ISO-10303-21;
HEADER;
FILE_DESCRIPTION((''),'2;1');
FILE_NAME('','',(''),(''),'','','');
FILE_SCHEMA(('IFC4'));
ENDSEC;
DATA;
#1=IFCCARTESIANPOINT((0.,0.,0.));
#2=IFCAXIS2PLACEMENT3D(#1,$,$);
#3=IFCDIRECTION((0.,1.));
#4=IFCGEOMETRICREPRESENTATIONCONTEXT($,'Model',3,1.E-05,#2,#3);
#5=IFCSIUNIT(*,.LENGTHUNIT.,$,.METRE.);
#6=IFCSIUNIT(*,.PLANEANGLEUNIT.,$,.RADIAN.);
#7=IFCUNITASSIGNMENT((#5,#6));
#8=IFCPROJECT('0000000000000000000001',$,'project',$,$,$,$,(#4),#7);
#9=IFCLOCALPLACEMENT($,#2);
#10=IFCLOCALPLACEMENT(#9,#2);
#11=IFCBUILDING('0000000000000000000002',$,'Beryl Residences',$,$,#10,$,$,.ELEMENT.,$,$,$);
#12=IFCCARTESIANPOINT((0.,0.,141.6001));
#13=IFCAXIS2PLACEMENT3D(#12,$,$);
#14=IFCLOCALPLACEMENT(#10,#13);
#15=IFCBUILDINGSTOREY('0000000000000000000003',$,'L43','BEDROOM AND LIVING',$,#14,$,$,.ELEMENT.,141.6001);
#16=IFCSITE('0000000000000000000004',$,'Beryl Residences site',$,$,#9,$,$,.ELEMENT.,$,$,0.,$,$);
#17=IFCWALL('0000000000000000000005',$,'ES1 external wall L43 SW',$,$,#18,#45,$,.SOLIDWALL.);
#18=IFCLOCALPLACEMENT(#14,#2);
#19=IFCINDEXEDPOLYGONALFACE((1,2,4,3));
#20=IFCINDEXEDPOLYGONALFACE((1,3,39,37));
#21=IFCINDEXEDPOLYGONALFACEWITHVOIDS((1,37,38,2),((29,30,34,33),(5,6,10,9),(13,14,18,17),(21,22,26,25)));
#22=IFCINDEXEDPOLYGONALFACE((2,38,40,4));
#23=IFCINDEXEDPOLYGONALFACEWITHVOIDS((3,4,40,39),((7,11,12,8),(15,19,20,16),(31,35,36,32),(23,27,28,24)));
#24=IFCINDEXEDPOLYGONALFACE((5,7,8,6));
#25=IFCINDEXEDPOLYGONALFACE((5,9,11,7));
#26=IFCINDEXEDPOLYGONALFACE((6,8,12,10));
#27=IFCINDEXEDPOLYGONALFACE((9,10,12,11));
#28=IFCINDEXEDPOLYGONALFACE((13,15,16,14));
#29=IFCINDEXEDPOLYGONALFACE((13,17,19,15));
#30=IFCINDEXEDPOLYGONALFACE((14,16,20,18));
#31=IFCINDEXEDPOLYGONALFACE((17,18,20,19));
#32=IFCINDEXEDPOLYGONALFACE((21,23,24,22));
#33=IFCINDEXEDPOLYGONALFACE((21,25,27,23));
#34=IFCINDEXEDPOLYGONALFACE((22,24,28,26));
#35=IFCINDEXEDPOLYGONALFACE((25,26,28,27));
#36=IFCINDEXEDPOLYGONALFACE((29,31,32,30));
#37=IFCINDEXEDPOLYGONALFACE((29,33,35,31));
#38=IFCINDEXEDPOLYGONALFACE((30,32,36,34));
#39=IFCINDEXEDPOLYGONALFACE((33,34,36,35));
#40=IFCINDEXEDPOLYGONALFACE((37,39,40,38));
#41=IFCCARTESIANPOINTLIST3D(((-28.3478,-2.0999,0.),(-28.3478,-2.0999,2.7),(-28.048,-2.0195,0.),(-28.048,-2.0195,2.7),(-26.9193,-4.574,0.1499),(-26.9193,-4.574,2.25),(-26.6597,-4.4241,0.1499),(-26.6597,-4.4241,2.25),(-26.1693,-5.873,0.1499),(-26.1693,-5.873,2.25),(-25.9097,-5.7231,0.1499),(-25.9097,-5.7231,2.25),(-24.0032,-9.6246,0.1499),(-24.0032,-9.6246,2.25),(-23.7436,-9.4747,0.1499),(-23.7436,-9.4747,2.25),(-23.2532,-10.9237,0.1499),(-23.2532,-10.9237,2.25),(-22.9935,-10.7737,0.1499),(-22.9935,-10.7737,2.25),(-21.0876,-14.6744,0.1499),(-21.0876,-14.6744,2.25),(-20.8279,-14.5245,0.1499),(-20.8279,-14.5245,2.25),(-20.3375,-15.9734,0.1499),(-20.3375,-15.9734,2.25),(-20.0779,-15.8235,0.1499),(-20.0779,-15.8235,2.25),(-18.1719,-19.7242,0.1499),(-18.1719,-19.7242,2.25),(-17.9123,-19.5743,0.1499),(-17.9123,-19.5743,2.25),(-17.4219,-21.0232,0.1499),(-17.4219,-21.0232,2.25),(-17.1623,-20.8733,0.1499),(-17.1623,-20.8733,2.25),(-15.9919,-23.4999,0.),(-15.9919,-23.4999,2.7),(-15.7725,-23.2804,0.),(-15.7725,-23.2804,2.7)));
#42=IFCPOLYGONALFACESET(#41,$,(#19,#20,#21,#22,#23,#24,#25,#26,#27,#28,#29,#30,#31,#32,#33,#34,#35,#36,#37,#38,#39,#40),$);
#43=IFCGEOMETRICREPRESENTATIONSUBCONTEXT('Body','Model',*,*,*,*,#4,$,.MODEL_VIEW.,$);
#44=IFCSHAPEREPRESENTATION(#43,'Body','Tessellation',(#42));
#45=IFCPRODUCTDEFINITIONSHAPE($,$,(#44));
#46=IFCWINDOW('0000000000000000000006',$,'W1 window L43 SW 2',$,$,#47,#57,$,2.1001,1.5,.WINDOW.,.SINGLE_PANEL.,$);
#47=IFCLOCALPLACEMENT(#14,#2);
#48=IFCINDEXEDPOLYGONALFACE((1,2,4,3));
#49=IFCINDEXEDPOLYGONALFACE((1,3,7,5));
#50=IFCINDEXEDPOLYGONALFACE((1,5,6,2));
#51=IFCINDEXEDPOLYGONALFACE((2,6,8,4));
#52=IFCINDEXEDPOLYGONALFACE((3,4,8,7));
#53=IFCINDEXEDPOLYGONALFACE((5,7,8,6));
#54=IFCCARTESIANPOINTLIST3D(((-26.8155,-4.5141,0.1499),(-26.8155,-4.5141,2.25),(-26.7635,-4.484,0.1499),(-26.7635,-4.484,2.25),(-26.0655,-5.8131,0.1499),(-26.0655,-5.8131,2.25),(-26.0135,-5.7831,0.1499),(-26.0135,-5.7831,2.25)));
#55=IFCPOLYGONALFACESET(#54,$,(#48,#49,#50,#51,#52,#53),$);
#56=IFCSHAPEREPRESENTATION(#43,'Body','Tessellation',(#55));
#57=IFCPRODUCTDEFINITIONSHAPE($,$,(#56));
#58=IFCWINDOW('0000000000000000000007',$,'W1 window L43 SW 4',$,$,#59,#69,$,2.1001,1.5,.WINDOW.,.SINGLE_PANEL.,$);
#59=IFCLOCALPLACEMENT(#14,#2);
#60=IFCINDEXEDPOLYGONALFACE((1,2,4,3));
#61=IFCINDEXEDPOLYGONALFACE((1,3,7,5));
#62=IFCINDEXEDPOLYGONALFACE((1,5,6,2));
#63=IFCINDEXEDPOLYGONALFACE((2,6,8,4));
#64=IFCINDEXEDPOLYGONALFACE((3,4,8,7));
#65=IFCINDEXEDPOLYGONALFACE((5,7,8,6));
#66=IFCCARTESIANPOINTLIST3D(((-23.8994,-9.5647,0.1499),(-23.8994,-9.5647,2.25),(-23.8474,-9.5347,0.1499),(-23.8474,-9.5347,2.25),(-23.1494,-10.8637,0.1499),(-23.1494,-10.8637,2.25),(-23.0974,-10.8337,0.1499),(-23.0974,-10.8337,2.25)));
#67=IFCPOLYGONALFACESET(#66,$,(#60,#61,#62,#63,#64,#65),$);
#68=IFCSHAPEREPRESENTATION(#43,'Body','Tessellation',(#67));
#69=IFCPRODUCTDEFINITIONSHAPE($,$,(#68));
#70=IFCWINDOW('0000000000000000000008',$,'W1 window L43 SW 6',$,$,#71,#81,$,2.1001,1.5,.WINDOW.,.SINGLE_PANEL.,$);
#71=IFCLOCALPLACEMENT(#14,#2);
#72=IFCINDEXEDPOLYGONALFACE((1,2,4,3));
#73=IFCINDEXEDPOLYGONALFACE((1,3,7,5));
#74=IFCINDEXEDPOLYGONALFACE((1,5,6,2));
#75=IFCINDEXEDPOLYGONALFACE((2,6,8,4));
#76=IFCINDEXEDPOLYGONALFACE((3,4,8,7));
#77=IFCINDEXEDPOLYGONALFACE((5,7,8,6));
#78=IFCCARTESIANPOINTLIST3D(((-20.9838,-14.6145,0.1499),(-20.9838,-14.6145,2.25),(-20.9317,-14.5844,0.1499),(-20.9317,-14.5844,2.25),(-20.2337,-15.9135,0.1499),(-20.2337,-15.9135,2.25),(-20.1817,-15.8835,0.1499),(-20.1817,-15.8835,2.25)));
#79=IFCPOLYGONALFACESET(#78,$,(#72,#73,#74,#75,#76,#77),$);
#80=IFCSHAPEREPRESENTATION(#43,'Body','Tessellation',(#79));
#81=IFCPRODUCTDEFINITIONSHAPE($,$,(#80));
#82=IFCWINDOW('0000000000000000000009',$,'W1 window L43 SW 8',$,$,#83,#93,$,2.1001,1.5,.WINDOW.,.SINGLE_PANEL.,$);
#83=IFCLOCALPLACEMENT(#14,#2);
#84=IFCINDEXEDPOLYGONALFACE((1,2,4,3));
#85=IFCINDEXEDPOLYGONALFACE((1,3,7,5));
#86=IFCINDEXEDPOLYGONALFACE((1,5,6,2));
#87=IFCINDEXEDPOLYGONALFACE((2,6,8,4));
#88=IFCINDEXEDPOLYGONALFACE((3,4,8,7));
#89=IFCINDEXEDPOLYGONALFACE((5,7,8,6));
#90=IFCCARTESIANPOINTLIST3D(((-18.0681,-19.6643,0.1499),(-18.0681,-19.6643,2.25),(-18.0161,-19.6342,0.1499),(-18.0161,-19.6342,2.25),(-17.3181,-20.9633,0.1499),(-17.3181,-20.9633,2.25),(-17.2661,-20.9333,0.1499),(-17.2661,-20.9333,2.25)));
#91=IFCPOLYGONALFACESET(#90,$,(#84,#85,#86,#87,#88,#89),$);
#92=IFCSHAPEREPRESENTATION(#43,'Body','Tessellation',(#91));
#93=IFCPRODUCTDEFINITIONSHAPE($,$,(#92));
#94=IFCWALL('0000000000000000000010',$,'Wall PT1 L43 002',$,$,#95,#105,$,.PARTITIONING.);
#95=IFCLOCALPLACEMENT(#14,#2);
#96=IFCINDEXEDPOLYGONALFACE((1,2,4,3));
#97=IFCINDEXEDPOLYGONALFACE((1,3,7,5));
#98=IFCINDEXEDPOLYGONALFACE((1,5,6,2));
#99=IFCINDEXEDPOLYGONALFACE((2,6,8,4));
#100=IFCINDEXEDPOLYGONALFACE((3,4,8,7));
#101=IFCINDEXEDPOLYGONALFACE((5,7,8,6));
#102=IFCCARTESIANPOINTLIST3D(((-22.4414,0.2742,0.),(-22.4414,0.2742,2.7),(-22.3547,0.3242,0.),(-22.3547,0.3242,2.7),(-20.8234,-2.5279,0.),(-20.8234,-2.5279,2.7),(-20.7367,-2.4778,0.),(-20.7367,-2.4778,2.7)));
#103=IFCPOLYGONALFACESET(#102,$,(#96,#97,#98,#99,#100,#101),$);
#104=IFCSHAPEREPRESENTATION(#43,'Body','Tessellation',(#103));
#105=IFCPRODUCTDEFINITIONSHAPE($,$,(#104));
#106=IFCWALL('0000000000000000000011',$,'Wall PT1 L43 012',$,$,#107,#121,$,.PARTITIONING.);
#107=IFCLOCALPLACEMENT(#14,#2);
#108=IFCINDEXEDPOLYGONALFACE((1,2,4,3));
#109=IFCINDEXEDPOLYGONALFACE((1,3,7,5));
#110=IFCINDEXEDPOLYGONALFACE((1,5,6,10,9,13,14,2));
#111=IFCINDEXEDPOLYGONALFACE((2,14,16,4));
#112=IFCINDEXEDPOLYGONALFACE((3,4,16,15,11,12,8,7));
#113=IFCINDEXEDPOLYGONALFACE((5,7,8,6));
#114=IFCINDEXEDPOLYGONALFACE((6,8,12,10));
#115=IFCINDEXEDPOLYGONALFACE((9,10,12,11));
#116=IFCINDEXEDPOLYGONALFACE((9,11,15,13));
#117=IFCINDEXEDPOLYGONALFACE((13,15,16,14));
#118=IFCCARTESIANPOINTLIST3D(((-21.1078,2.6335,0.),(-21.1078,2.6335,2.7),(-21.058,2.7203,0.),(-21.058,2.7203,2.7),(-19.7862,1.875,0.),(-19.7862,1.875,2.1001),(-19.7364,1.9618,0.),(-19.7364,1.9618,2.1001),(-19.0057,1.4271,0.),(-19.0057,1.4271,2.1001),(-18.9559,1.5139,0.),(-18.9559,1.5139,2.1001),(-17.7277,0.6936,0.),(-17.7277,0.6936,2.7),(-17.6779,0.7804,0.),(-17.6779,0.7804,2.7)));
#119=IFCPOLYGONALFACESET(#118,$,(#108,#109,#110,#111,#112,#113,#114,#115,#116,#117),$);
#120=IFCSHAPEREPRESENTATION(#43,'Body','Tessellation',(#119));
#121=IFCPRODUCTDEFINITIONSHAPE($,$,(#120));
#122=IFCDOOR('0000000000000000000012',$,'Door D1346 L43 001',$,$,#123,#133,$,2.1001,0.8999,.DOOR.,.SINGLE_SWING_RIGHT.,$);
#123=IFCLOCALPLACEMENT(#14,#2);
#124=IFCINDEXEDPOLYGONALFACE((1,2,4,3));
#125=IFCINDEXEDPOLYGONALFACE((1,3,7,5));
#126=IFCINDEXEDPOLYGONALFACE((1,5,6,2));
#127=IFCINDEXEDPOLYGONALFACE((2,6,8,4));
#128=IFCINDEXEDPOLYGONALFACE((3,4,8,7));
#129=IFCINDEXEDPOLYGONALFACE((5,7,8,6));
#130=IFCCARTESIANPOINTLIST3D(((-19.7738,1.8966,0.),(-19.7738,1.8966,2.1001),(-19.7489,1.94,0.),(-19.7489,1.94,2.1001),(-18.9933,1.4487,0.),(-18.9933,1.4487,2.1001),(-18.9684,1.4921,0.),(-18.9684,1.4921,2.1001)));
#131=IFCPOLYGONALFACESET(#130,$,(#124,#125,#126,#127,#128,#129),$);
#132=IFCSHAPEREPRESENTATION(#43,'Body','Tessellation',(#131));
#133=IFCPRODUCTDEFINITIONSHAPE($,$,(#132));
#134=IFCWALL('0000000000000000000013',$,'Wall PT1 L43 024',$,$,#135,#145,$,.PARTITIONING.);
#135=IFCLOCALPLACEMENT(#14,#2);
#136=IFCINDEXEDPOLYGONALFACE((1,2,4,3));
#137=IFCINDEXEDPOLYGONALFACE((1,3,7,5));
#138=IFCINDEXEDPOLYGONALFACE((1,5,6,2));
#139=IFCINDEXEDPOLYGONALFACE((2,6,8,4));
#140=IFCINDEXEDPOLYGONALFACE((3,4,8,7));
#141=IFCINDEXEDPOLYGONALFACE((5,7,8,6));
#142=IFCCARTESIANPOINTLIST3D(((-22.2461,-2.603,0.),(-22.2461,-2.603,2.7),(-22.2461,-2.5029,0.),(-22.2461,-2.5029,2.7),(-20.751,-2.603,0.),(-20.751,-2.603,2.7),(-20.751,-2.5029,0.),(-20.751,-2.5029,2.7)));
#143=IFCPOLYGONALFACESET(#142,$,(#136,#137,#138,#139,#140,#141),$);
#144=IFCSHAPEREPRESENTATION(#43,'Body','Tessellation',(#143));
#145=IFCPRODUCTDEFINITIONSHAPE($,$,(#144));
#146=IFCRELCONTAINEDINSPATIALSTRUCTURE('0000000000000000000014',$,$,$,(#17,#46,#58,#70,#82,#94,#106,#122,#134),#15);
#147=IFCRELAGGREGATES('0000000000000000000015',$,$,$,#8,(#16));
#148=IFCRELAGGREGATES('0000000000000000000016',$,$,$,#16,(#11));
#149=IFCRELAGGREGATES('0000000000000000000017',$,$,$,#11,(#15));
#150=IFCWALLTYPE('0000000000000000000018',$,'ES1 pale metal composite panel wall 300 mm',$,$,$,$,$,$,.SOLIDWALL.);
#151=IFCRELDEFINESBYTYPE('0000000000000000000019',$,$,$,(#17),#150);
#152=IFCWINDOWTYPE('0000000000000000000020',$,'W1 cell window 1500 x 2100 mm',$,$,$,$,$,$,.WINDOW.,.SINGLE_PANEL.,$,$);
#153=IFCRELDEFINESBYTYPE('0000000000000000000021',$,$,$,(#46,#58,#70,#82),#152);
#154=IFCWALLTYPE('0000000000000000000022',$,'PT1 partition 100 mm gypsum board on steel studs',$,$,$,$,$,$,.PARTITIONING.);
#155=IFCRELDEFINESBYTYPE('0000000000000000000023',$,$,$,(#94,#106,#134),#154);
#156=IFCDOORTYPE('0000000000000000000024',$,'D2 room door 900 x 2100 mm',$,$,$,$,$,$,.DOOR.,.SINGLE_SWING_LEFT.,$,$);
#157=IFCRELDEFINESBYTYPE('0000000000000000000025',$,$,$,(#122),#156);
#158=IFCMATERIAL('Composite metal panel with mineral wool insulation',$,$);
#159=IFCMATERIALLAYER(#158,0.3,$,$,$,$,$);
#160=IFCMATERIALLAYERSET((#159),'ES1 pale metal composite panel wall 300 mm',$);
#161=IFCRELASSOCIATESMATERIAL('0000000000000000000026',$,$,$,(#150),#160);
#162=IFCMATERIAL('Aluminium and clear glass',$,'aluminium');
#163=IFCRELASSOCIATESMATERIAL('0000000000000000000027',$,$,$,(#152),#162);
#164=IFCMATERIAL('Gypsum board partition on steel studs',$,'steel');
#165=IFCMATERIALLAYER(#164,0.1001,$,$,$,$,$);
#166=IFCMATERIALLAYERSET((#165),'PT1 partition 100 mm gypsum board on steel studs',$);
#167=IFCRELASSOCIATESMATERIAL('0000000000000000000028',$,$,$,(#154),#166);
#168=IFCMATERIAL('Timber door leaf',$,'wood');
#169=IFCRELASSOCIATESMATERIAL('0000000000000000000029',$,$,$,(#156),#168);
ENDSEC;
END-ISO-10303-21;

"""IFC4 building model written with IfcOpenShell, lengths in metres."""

from ifc_helpers import new_model, si_unit, direction, frame, frame_2d, origin, place, context, subcontext, project, spatial, polyline, rectangle, outline, extrude, material, layer, layer_set, type_object, element, fill, save


model = new_model("IFC4")

# Units and contexts
model_context = context("Model", 3, precision=1e-05, world=origin(), true_north=direction((0.0, 1.0)))
body_context = subcontext(model_context, "Body", "Model", "MODEL_VIEW")
ifc_project = project(units=[si_unit("LENGTHUNIT", "METRE"), si_unit("PLANEANGLEUNIT", "RADIAN")], contexts=[model_context])

# Site, building, storey
site_placement = place(None, origin())
site = spatial("IfcSite", under=ifc_project, at=site_placement, Name="Beryl Residences site", CompositionType="ELEMENT", RefElevation=0.0)
building_placement = place(site_placement, origin())
building = spatial("IfcBuilding", under=site, at=building_placement, Name="Beryl Residences", CompositionType="ELEMENT")
storey_placement = place(building_placement, frame((0.0, 0.0, 141.6001)))
storey = spatial("IfcBuildingStorey", under=building, at=storey_placement, Name="L43", Description="BEDROOM AND LIVING", CompositionType="ELEMENT", Elevation=141.6001)

# Shared definitions
ifc_material_1 = material(Name="Composite metal panel with mineral wool insulation")
ifc_layer_1 = layer(ifc_material_1, 0.3)
ifc_layer_set_1 = layer_set([ifc_layer_1], Name="ES1 pale metal composite panel wall 300 mm")
wall_type_1 = type_object("IfcWallType", Name="ES1 pale metal composite panel wall 300 mm", PredefinedType="SOLIDWALL", material=ifc_layer_set_1)

# Wall, openings, windows
wall_1_placement = place(storey_placement, frame((-28.218, -2.0249, 0.0), z_axis=(0.0, 0.0, 1.0), x_axis=(0.500018, -0.866015, 0.0)))
wall_1 = element("IfcWall", 1, at=wall_1_placement, inside=storey, type_object=wall_type_1, Name="ES1 external wall L43 SW", PredefinedType="SOLIDWALL", context=body_context, shape_type="SweptSolid", body=[
    extrude(outline(polyline([(0.0, -0.1499), (24.7109, -0.1499), (24.6306, 0.1499), (0.0803, 0.1499), (0.0, -0.1499)])), origin(), (0.0, 0.0, 1.0), 2.7),
])
opening_1_placement = place(wall_1_placement, frame((2.8569, 0.0, 0.1499)))
opening_1 = element("IfcOpeningElement", 2, at=opening_1_placement, cuts=wall_1, PredefinedType="OPENING", context=body_context, shape_type="SweptSolid", body=[
    extrude(rectangle(XDim=1.5, YDim=2.1001, at=frame_2d((0.75, 1.05))), frame((0.0, 0.1599, 0.0), z_axis=(0.0, -1.0, 0.0), x_axis=(1.0, 0.0, 0.0)), (0.0, 0.0, 1.0), 0.3201),
])
opening_2_placement = place(wall_1_placement, frame((8.689, 0.0, 0.1499)))
opening_2 = element("IfcOpeningElement", 3, at=opening_2_placement, cuts=wall_1, PredefinedType="OPENING", context=body_context, shape_type="SweptSolid", body=[
    extrude(rectangle(XDim=1.5, YDim=2.1001, at=frame_2d((0.75, 1.05))), frame((0.0, 0.1599, 0.0), z_axis=(0.0, -1.0, 0.0), x_axis=(1.0, 0.0, 0.0)), (0.0, 0.0, 1.0), 0.3201),
])
opening_3_placement = place(wall_1_placement, frame((14.52, 0.0, 0.1499)))
opening_3 = element("IfcOpeningElement", 4, at=opening_3_placement, cuts=wall_1, PredefinedType="OPENING", context=body_context, shape_type="SweptSolid", body=[
    extrude(rectangle(XDim=1.5, YDim=2.1001, at=frame_2d((0.75, 1.05))), frame((0.0, 0.1599, 0.0), z_axis=(0.0, -1.0, 0.0), x_axis=(1.0, 0.0, 0.0)), (0.0, 0.0, 1.0), 0.3201),
])
opening_4_placement = place(wall_1_placement, frame((20.3511, 0.0, 0.1499)))
opening_4 = element("IfcOpeningElement", 5, at=opening_4_placement, cuts=wall_1, PredefinedType="OPENING", context=body_context, shape_type="SweptSolid", body=[
    extrude(rectangle(XDim=1.5, YDim=2.1001, at=frame_2d((0.75, 1.05))), frame((0.0, 0.1599, 0.0), z_axis=(0.0, -1.0, 0.0), x_axis=(1.0, 0.0, 0.0)), (0.0, 0.0, 1.0), 0.3201),
])
ifc_material_2 = material(Name="Aluminium and clear glass", Category="aluminium")
window_type_1 = type_object("IfcWindowType", Name="W1 cell window 1500 x 2100 mm", PartitioningType="SINGLE_PANEL", PredefinedType="WINDOW", material=ifc_material_2)
window_1_placement = place(opening_1_placement, origin())
window_1 = element("IfcWindow", 6, at=window_1_placement, inside=storey, type_object=window_type_1, Name="W1 window L43 SW 2", OverallHeight=2.1001, OverallWidth=1.5, PartitioningType="SINGLE_PANEL", PredefinedType="WINDOW", context=body_context, shape_type="SweptSolid", body=[
    extrude(rectangle(XDim=1.5, YDim=2.1001, at=frame_2d((0.75, 1.05))), frame((0.0, 0.03, 0.0), z_axis=(0.0, -1.0, 0.0), x_axis=(1.0, 0.0, 0.0)), (0.0, 0.0, 1.0), 0.0601),
])
fill(opening_1, window_1)
window_2_placement = place(opening_2_placement, origin())
window_2 = element("IfcWindow", 7, at=window_2_placement, inside=storey, type_object=window_type_1, Name="W1 window L43 SW 4", OverallHeight=2.1001, OverallWidth=1.5, PartitioningType="SINGLE_PANEL", PredefinedType="WINDOW", context=body_context, shape_type="SweptSolid", body=[
    extrude(rectangle(XDim=1.5, YDim=2.1001, at=frame_2d((0.75, 1.05))), frame((0.0, 0.03, 0.0), z_axis=(0.0, -1.0, 0.0), x_axis=(1.0, 0.0, 0.0)), (0.0, 0.0, 1.0), 0.0601),
])
fill(opening_2, window_2)
window_3_placement = place(opening_3_placement, origin())
window_3 = element("IfcWindow", 8, at=window_3_placement, inside=storey, type_object=window_type_1, Name="W1 window L43 SW 6", OverallHeight=2.1001, OverallWidth=1.5, PartitioningType="SINGLE_PANEL", PredefinedType="WINDOW", context=body_context, shape_type="SweptSolid", body=[
    extrude(rectangle(XDim=1.5, YDim=2.1001, at=frame_2d((0.75, 1.05))), frame((0.0, 0.03, 0.0), z_axis=(0.0, -1.0, 0.0), x_axis=(1.0, 0.0, 0.0)), (0.0, 0.0, 1.0), 0.0601),
])
fill(opening_3, window_3)
window_4_placement = place(opening_4_placement, origin())
window_4 = element("IfcWindow", 9, at=window_4_placement, inside=storey, type_object=window_type_1, Name="W1 window L43 SW 8", OverallHeight=2.1001, OverallWidth=1.5, PartitioningType="SINGLE_PANEL", PredefinedType="WINDOW", context=body_context, shape_type="SweptSolid", body=[
    extrude(rectangle(XDim=1.5, YDim=2.1001, at=frame_2d((0.75, 1.05))), frame((0.0, 0.03, 0.0), z_axis=(0.0, -1.0, 0.0), x_axis=(1.0, 0.0, 0.0)), (0.0, 0.0, 1.0), 0.0601),
])
fill(opening_4, window_4)

# Wall
ifc_material_3 = material(Name="Gypsum board partition on steel studs", Category="steel")
ifc_layer_2 = layer(ifc_material_3, 0.1001)
ifc_layer_set_2 = layer_set([ifc_layer_2], Name="PT1 partition 100 mm gypsum board on steel studs")
wall_type_2 = type_object("IfcWallType", Name="PT1 partition 100 mm gypsum board on steel studs", PredefinedType="PARTITIONING", material=ifc_layer_set_2)
wall_2_placement = place(storey_placement, frame((-22.3979, 0.2991, 0.0), z_axis=(0.0, 0.0, 1.0), x_axis=(0.500042, -0.866001, 0.0)))
element("IfcWall", 10, at=wall_2_placement, inside=storey, type_object=wall_type_2, Name="Wall PT1 L43 002", PredefinedType="PARTITIONING", context=body_context, shape_type="SweptSolid", body=[
    extrude(rectangle(XDim=3.2356, YDim=0.1001, at=frame_2d((1.6177, 0.0))), origin(), (0.0, 0.0, 1.0), 2.7),
])

# Wall, opening, door
wall_3_placement = place(storey_placement, frame((-21.083, 2.677, 0.0), z_axis=(0.0, 0.0, 1.0), x_axis=(0.867309, -0.497771, 0.0)))
wall_3 = element("IfcWall", 11, at=wall_3_placement, inside=storey, type_object=wall_type_2, Name="Wall PT1 L43 012", PredefinedType="PARTITIONING", context=body_context, shape_type="SweptSolid", body=[
    extrude(rectangle(XDim=3.8972, YDim=0.1001, at=frame_2d((1.9487, 0.0))), origin(), (0.0, 0.0, 1.0), 2.7),
])
opening_5_placement = place(wall_3_placement, frame((1.5239, 0.0, 0.0)))
opening_5 = element("IfcOpeningElement", 12, at=opening_5_placement, cuts=wall_3, PredefinedType="OPENING", context=body_context, shape_type="SweptSolid", body=[
    extrude(rectangle(XDim=0.8999, YDim=2.1001, at=frame_2d((0.45, 1.05))), frame((0.0, 0.0601, 0.0), z_axis=(0.0, -1.0, 0.0), x_axis=(1.0, 0.0, 0.0)), (0.0, 0.0, 1.0), 0.1201),
])
ifc_material_4 = material(Name="Timber door leaf", Category="wood")
door_type = type_object("IfcDoorType", Name="D2 room door 900 x 2100 mm", OperationType="SINGLE_SWING_LEFT", PredefinedType="DOOR", material=ifc_material_4)
door_1_placement = place(opening_5_placement, origin())
door_1 = element("IfcDoor", 13, at=door_1_placement, inside=storey, type_object=door_type, Name="Door D1346 L43 001", OperationType="SINGLE_SWING_RIGHT", OverallHeight=2.1001, OverallWidth=0.8999, PredefinedType="DOOR", context=body_context, shape_type="SweptSolid", body=[
    extrude(rectangle(XDim=0.8999, YDim=2.1001, at=frame_2d((0.45, 1.05))), frame((0.0, 0.0249, 0.0), z_axis=(0.0, -1.0, 0.0), x_axis=(1.0, 0.0, 0.0)), (0.0, 0.0, 1.0), 0.05),
])
fill(opening_5, door_1)

# Wall
wall_4_placement = place(storey_placement, frame((-22.2461, -2.553, 0.0), z_axis=(0.0, 0.0, 1.0), x_axis=(1.0, 0.0, 0.0)))
element("IfcWall", 14, at=wall_4_placement, inside=storey, type_object=wall_type_2, Name="Wall PT1 L43 024", PredefinedType="PARTITIONING", context=body_context, shape_type="SweptSolid", body=[
    extrude(rectangle(XDim=1.4951, YDim=0.1001, at=frame_2d((0.7476, 0.0))), origin(), (0.0, 0.0, 1.0), 2.7),
])

save(model, "model.ifc")
